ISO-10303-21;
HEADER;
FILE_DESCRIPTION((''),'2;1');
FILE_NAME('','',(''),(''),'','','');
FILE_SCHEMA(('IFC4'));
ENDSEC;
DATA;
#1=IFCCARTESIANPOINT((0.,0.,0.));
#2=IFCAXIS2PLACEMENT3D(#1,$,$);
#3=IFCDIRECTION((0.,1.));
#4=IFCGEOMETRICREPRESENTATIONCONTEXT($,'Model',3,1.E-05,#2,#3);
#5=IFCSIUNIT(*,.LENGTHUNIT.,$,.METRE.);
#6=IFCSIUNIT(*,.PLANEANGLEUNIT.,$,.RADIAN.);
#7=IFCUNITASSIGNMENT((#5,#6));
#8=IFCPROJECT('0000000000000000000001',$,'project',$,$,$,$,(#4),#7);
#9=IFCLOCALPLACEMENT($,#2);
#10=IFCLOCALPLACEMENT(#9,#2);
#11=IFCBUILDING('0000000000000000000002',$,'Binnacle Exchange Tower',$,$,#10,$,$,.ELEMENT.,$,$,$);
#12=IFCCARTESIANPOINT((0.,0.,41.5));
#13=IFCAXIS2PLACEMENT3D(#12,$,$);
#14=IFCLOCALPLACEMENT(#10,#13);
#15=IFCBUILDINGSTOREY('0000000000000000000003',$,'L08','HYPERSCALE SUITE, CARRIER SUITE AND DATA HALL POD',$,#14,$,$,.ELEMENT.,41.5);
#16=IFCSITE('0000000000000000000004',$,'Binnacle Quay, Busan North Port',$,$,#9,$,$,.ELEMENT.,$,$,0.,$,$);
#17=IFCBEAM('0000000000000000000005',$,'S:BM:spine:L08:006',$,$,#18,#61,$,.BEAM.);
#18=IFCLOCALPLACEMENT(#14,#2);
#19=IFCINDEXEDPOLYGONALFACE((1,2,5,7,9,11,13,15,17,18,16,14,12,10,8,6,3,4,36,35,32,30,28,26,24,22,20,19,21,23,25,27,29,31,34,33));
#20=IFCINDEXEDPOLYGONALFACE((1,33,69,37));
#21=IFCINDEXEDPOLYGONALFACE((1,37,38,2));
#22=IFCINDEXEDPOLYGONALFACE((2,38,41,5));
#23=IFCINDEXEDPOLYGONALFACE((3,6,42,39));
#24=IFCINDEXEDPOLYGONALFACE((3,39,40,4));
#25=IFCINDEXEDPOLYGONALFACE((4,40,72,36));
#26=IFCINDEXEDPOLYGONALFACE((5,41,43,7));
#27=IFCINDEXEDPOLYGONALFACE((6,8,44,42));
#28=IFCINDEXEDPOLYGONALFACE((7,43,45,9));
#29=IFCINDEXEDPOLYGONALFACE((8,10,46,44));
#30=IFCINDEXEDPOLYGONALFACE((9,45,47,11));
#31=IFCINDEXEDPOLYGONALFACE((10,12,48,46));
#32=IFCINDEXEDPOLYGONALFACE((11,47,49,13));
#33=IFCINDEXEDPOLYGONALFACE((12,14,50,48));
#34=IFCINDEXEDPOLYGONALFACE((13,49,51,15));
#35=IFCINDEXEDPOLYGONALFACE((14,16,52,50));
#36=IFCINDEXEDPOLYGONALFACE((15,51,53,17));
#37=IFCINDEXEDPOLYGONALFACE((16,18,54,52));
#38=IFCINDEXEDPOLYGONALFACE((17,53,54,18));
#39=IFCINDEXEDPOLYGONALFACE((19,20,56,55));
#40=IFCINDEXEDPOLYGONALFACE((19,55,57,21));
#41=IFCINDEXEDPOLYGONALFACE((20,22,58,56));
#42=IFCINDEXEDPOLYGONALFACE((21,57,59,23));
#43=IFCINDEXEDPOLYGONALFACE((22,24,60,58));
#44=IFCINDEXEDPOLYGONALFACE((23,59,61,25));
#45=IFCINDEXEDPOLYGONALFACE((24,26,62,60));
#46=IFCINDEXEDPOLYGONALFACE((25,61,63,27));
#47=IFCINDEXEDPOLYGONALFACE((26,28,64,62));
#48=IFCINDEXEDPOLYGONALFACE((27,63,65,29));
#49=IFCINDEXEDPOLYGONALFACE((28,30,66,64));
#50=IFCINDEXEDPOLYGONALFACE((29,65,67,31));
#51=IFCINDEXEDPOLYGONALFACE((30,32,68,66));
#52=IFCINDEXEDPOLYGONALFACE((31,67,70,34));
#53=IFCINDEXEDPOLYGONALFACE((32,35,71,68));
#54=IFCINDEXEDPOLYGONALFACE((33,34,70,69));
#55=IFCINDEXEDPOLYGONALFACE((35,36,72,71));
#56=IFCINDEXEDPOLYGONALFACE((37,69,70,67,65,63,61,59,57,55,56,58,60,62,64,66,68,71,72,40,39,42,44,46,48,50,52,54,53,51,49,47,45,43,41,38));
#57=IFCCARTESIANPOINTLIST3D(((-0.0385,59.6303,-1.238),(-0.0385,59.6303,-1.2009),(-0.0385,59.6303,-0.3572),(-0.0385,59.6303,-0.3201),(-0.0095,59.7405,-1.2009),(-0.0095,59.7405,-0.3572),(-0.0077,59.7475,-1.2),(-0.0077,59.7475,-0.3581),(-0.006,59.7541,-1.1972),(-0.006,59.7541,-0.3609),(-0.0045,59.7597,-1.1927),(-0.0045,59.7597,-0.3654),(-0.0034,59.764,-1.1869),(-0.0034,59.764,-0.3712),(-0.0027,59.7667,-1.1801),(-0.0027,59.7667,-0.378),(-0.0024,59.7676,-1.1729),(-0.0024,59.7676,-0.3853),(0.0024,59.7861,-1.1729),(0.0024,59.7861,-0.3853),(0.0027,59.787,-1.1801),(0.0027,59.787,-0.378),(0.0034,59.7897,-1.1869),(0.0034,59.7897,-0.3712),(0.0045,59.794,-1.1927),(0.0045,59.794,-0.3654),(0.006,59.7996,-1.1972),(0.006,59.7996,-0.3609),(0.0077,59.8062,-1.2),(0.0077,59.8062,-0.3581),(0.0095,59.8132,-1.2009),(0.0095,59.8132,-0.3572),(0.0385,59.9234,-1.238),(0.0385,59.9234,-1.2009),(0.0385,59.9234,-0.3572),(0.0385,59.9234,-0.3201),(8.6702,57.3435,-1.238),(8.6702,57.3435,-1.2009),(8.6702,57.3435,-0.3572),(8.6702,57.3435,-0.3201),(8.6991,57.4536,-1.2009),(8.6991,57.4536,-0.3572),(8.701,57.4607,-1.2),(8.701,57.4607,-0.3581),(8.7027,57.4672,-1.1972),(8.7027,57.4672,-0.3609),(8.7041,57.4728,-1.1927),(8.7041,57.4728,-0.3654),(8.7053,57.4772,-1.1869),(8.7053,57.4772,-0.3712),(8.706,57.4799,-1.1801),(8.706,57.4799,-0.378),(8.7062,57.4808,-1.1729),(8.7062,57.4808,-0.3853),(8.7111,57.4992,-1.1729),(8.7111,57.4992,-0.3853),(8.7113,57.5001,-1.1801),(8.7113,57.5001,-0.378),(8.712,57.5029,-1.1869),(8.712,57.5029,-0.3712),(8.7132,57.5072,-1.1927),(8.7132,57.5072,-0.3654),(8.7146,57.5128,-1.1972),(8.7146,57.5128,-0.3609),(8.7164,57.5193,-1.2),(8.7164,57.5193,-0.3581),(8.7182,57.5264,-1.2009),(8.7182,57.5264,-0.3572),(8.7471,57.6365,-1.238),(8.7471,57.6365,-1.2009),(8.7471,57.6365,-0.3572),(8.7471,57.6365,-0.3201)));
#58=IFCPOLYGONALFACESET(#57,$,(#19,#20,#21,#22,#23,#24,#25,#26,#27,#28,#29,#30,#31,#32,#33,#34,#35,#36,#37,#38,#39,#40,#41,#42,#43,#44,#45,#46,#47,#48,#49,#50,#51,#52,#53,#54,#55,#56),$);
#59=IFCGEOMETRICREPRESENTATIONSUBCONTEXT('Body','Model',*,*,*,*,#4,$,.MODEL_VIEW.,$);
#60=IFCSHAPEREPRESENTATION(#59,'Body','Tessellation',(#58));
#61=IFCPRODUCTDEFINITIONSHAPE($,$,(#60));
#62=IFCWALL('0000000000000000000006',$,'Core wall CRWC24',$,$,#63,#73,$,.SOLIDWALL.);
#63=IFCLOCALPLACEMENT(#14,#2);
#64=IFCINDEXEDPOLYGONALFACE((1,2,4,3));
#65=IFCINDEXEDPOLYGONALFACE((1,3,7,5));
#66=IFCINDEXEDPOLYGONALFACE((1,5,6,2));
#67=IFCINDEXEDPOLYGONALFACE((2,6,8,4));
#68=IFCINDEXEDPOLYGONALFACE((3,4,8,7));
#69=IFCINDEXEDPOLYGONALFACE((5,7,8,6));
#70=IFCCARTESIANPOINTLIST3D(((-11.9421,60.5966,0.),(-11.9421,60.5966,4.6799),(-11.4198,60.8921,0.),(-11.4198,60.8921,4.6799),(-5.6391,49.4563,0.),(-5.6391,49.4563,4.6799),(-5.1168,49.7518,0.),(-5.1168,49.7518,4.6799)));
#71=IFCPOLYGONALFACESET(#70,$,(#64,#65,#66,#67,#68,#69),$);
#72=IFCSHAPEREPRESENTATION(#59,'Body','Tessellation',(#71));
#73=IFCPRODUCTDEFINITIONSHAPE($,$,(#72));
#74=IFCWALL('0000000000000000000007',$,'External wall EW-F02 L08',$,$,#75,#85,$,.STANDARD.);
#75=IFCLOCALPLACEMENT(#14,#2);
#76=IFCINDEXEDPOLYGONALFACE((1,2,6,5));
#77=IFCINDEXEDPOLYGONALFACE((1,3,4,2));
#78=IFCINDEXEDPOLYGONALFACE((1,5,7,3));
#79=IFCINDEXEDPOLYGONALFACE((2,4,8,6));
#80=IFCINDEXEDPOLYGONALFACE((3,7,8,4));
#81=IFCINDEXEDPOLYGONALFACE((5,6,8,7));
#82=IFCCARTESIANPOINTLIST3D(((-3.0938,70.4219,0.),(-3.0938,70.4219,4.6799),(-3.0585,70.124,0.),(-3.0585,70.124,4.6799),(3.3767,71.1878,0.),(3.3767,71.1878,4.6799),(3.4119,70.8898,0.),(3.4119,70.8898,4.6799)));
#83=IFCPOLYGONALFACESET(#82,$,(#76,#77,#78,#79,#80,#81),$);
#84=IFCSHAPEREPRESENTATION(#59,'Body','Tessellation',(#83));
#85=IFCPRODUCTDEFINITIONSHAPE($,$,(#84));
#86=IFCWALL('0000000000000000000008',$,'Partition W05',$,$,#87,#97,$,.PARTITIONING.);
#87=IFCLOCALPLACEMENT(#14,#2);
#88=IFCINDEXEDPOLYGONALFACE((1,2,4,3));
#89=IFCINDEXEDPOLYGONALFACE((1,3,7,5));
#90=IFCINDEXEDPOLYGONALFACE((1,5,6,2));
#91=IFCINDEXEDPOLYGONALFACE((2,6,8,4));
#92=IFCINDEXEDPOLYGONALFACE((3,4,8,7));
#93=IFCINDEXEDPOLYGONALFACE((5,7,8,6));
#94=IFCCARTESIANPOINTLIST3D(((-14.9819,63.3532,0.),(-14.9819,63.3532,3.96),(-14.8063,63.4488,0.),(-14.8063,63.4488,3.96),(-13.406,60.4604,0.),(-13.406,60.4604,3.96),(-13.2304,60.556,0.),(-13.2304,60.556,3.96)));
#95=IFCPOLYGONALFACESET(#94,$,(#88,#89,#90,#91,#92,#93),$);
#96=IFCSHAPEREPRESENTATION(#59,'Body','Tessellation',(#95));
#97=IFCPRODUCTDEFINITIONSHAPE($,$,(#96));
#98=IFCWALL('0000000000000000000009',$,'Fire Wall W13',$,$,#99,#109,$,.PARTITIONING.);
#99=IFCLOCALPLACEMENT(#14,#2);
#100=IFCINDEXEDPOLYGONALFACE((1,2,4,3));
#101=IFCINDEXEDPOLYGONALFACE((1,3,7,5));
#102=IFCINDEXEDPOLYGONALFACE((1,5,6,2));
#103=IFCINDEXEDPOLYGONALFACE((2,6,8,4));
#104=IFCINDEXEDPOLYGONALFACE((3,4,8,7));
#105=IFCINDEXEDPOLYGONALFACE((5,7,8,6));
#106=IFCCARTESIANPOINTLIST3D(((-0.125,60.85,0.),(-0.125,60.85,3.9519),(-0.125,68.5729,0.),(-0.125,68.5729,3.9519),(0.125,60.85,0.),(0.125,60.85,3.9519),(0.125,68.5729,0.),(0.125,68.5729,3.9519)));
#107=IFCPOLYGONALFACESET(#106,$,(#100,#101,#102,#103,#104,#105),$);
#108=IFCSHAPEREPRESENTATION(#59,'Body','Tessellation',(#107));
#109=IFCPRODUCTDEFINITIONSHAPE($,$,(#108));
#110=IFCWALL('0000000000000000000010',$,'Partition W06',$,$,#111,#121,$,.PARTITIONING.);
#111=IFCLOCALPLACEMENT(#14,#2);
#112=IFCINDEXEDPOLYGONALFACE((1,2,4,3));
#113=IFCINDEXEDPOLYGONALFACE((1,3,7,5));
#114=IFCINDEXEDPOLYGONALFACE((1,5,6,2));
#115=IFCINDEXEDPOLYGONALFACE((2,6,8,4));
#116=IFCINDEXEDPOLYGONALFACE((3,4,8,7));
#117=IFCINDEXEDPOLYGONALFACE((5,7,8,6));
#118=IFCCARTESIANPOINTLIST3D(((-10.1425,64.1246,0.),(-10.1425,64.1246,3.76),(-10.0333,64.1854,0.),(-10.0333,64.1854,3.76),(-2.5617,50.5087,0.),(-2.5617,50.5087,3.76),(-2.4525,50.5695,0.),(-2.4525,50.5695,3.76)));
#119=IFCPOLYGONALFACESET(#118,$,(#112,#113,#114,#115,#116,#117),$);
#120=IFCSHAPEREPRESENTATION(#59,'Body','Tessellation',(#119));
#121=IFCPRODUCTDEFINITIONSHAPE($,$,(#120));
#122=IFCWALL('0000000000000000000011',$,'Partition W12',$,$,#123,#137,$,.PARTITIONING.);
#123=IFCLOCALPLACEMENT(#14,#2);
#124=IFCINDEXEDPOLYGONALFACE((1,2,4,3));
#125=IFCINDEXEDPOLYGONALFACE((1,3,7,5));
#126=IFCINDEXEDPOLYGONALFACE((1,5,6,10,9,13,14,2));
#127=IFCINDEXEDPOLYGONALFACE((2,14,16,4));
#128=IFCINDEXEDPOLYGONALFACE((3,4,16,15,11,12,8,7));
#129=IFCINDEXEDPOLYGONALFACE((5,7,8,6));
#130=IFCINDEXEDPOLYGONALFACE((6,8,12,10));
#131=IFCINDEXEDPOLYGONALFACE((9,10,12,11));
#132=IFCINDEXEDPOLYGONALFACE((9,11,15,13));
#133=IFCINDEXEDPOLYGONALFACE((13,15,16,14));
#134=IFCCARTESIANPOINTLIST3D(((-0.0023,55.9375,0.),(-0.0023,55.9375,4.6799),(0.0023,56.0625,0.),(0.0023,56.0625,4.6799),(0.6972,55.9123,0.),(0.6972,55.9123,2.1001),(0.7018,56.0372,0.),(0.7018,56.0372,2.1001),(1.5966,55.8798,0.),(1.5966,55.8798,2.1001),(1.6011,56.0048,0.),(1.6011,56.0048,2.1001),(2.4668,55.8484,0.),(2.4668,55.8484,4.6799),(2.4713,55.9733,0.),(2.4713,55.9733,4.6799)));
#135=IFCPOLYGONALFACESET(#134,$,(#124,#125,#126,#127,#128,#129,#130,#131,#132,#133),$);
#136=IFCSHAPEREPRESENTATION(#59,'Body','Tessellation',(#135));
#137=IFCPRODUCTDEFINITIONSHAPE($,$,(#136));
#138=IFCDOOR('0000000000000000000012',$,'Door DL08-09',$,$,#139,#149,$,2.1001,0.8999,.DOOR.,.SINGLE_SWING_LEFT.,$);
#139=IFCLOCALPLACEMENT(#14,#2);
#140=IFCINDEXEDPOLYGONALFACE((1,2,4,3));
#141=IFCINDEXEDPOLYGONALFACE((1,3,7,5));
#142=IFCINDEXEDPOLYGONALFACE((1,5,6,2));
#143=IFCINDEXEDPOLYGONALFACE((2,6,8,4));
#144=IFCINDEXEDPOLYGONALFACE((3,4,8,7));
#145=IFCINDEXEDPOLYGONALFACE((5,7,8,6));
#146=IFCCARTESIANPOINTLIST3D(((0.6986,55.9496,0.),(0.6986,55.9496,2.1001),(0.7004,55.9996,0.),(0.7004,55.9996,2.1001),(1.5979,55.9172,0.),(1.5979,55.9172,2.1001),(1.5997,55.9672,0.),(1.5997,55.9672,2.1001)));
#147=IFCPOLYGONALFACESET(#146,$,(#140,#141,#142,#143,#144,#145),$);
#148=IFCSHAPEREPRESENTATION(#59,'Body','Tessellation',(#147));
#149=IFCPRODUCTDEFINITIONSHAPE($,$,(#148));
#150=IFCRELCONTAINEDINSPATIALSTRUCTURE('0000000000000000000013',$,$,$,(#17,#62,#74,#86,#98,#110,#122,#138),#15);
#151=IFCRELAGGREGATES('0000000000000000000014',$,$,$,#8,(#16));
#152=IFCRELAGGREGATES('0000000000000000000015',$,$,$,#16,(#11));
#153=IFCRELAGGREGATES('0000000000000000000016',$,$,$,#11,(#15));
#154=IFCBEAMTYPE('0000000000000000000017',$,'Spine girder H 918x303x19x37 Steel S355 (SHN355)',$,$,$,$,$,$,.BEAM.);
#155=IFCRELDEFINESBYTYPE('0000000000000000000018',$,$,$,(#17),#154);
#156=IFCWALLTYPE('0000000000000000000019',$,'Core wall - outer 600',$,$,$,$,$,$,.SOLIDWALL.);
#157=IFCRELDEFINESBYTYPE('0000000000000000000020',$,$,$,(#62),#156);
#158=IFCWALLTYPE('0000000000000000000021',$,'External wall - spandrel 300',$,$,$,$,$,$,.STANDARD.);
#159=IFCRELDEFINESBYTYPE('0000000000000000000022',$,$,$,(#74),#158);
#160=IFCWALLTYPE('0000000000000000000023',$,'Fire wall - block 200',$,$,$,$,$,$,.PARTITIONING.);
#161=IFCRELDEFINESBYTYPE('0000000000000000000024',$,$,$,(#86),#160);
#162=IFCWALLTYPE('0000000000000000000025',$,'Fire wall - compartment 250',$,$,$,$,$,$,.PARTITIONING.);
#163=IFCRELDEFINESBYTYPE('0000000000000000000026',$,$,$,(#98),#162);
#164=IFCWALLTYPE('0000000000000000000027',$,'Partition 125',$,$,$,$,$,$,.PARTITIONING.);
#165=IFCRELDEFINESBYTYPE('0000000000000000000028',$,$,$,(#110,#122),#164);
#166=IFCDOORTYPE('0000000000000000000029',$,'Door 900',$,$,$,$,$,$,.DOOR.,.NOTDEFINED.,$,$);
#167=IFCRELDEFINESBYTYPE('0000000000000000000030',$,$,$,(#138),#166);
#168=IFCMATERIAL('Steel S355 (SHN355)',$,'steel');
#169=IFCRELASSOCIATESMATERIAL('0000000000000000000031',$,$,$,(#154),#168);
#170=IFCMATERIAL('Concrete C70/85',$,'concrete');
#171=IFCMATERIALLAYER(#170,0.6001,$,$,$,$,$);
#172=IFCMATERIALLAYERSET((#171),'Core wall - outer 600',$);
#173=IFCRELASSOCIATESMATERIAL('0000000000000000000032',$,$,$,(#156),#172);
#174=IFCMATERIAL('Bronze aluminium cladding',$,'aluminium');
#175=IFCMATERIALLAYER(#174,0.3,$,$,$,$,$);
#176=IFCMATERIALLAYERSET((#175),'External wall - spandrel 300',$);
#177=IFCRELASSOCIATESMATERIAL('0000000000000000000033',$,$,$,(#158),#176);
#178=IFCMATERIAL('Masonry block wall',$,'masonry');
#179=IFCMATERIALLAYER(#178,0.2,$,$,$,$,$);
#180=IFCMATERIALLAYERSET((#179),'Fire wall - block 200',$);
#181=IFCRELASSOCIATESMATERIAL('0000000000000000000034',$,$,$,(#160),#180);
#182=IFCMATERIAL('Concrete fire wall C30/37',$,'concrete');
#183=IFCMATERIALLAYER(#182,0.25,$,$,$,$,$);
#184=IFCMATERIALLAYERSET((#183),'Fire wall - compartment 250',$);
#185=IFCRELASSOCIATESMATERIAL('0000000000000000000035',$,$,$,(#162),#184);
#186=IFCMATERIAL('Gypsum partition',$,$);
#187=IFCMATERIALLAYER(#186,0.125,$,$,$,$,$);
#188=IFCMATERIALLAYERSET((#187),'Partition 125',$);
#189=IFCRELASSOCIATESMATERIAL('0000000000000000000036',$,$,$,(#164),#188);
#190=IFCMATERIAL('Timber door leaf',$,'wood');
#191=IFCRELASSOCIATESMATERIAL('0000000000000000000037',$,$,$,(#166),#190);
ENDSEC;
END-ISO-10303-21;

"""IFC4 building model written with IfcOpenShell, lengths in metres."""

from ifc_helpers import new_model, si_unit, direction, frame, frame_2d, origin, origin_2d, place, context, subcontext, project, spatial, rectangle, i_section, extrude, material, layer, layer_set, material_profile, profile_set, type_object, element, fill, save


model = new_model("IFC4")

# Units and contexts
model_context = context("Model", 3, precision=1e-05, world=origin(), true_north=direction((0.0, 1.0)))
body_context = subcontext(model_context, "Body", "Model", "MODEL_VIEW")
ifc_project = project(units=[si_unit("LENGTHUNIT", "METRE"), si_unit("PLANEANGLEUNIT", "RADIAN")], contexts=[model_context])

# Site, building, storey
site_placement = place(None, origin())
site = spatial("IfcSite", under=ifc_project, at=site_placement, Name="Binnacle Quay, Busan North Port", CompositionType="ELEMENT", RefElevation=0.0)
building_placement = place(site_placement, origin())
building = spatial("IfcBuilding", under=site, at=building_placement, Name="Binnacle Exchange Tower", CompositionType="ELEMENT")
storey_placement = place(building_placement, frame((0.0, 0.0, 41.5)))
storey = spatial("IfcBuildingStorey", under=building, at=storey_placement, Name="L08", Description="HYPERSCALE SUITE, CARRIER SUITE AND DATA HALL POD", CompositionType="ELEMENT", Elevation=41.5)

# Shared definitions
ifc_material_1 = material(Name="Concrete C70/85", Category="concrete")

# Beam
ifc_material_2 = material(Name="Steel S355 (SHN355)", Category="steel")
ifc_material_profile_1 = material_profile(ifc_material_2, i_section(OverallWidth=0.303, OverallDepth=0.918, WebThickness=0.019, FlangeThickness=0.0371, FilletRadius=0.0281, at=origin_2d()), Name="H 918x303x19x37")
ifc_profile_set_1 = profile_set([ifc_material_profile_1], Name="Steel S355 (SHN355)")
beam_type_1 = type_object("IfcBeamType", Name="Spine girder H 918x303x19x37 Steel S355 (SHN355)", PredefinedType="BEAM", material=ifc_profile_set_1)
beam_1_placement = place(storey_placement, frame((0.0, 59.7769, -0.7791), z_axis=(0.967209, -0.253983, 0.0), x_axis=(0.253983, 0.967209, 0.0)))
element("IfcBeam", 1, at=beam_1_placement, inside=storey, type_object=beam_type_1, Name="S:BM:spine:L08:006", PredefinedType="BEAM", context=body_context, shape_type="SweptSolid", body=[
    extrude(i_section(OverallWidth=0.303, OverallDepth=0.918, WebThickness=0.019, FlangeThickness=0.0371, FilletRadius=0.0281, at=origin_2d()), origin(), (0.0, 0.0, 1.0), 9.0039),
])

# Walls
ifc_layer_1 = layer(ifc_material_1, 0.6001)
ifc_layer_set_1 = layer_set([ifc_layer_1], Name="Core wall - outer 600")
wall_type_1 = type_object("IfcWallType", Name="Core wall - outer 600", PredefinedType="SOLIDWALL", material=ifc_layer_set_1)
wall_1_placement = place(storey_placement, frame((-11.6809, 60.7444, 0.0), z_axis=(0.0, 0.0, 1.0), x_axis=(0.492427, -0.870354, 0.0)))
element("IfcWall", 2, at=wall_1_placement, inside=storey, type_object=wall_type_1, Name="Core wall CRWC24", PredefinedType="SOLIDWALL", context=body_context, shape_type="SweptSolid", body=[
    extrude(rectangle(XDim=12.7998, YDim=0.6001, at=frame_2d((6.3999, 0.0))), origin(), (0.0, 0.0, 1.0), 4.6799),
])
ifc_material_3 = material(Name="Bronze aluminium cladding", Category="aluminium")
ifc_layer_2 = layer(ifc_material_3, 0.3)
ifc_layer_set_2 = layer_set([ifc_layer_2], Name="External wall - spandrel 300")
wall_type_2 = type_object("IfcWallType", Name="External wall - spandrel 300", PredefinedType="STANDARD", material=ifc_layer_set_2)
wall_2_placement = place(storey_placement, frame((-3.0762, 70.2729, 0.0), z_axis=(0.0, 0.0, 1.0), x_axis=(0.993068, 0.117543, 0.0)))
element("IfcWall", 3, at=wall_2_placement, inside=storey, type_object=wall_type_2, Name="External wall EW-F02 L08", PredefinedType="STANDARD", context=body_context, shape_type="SweptSolid", body=[
    extrude(rectangle(XDim=6.5156, YDim=0.3, at=frame_2d((3.2578, 0.0))), origin(), (0.0, 0.0, 1.0), 4.6799),
])
ifc_material_4 = material(Name="Masonry block wall", Category="masonry")
ifc_layer_3 = layer(ifc_material_4, 0.2)
ifc_layer_set_3 = layer_set([ifc_layer_3], Name="Fire wall - block 200")
wall_type_3 = type_object("IfcWallType", Name="Fire wall - block 200", PredefinedType="PARTITIONING", material=ifc_layer_set_3)
wall_3_placement = place(storey_placement, frame((-14.894, 63.4009, 0.0), z_axis=(0.0, 0.0, 1.0), x_axis=(0.47839, -0.878148, 0.0)))
element("IfcWall", 4, at=wall_3_placement, inside=storey, type_object=wall_type_3, Name="Partition W05", PredefinedType="PARTITIONING", context=body_context, shape_type="SweptSolid", body=[
    extrude(rectangle(XDim=3.2942, YDim=0.2, at=frame_2d((1.647, 0.0))), origin(), (0.0, 0.0, 1.0), 3.96),
])
ifc_material_5 = material(Name="Concrete fire wall C30/37", Category="concrete")
ifc_layer_4 = layer(ifc_material_5, 0.25)
ifc_layer_set_4 = layer_set([ifc_layer_4], Name="Fire wall - compartment 250")
wall_type_4 = type_object("IfcWallType", Name="Fire wall - compartment 250", PredefinedType="PARTITIONING", material=ifc_layer_set_4)
wall_4_placement = place(storey_placement, frame((0.0, 60.8501, 0.0), z_axis=(0.0, 0.0, 1.0), x_axis=(0.0, 1.0, 0.0)))
element("IfcWall", 5, at=wall_4_placement, inside=storey, type_object=wall_type_4, Name="Fire Wall W13", PredefinedType="PARTITIONING", context=body_context, shape_type="SweptSolid", body=[
    extrude(rectangle(XDim=7.7229, YDim=0.25, at=frame_2d((3.8613, 0.0))), origin(), (0.0, 0.0, 1.0), 3.9519),
])
ifc_material_6 = material(Name="Gypsum partition")
ifc_layer_5 = layer(ifc_material_6, 0.125)
ifc_layer_set_5 = layer_set([ifc_layer_5], Name="Partition 125")
wall_type_5 = type_object("IfcWallType", Name="Partition 125", PredefinedType="PARTITIONING", material=ifc_layer_set_5)
wall_5_placement = place(storey_placement, frame((-10.0879, 64.155, 0.0), z_axis=(0.0, 0.0, 1.0), x_axis=(0.486446, -0.873711, 0.0)))
element("IfcWall", 6, at=wall_5_placement, inside=storey, type_object=wall_type_5, Name="Partition W06", PredefinedType="PARTITIONING", context=body_context, shape_type="SweptSolid", body=[
    extrude(rectangle(XDim=15.584, YDim=0.125, at=frame_2d((7.792, 0.0))), origin(), (0.0, 0.0, 1.0), 3.76),
])

# Wall, opening, door
wall_6_placement = place(storey_placement, frame((0.0, 56.0, 0.0), z_axis=(0.0, 0.0, 1.0), x_axis=(0.999349, -0.036069, 0.0)))
wall_6 = element("IfcWall", 7, at=wall_6_placement, inside=storey, type_object=wall_type_5, Name="Partition W12", PredefinedType="PARTITIONING", context=body_context, shape_type="SweptSolid", body=[
    extrude(rectangle(XDim=2.4707, YDim=0.125, at=frame_2d((1.2354, 0.0))), origin(), (0.0, 0.0, 1.0), 4.6799),
])
opening_placement = place(wall_6_placement, frame((0.7, 0.0, 0.0)))
opening = element("IfcOpeningElement", 8, at=opening_placement, cuts=wall_6, PredefinedType="OPENING", context=body_context, shape_type="SweptSolid", body=[
    extrude(rectangle(XDim=0.8999, YDim=2.1001, at=frame_2d((0.45, 1.05))), frame((0.0, 0.0725, 0.0), z_axis=(0.0, -1.0, 0.0), x_axis=(1.0, 0.0, 0.0)), (0.0, 0.0, 1.0), 0.145),
])
ifc_material_7 = material(Name="Timber door leaf", Category="wood")
door_type = type_object("IfcDoorType", Name="Door 900", OperationType="NOTDEFINED", PredefinedType="DOOR", material=ifc_material_7)
door_placement = place(opening_placement, origin())
door = element("IfcDoor", 9, at=door_placement, inside=storey, type_object=door_type, Name="Door DL08-09", OperationType="SINGLE_SWING_LEFT", OverallHeight=2.1001, OverallWidth=0.8999, PredefinedType="DOOR", context=body_context, shape_type="SweptSolid", body=[
    extrude(rectangle(XDim=0.8999, YDim=2.1001, at=frame_2d((0.45, 1.05))), frame((0.0, 0.0249, 0.0), z_axis=(0.0, -1.0, 0.0), x_axis=(1.0, 0.0, 0.0)), (0.0, 0.0, 1.0), 0.05),
])
fill(opening, door)

save(model, "model.ifc")
